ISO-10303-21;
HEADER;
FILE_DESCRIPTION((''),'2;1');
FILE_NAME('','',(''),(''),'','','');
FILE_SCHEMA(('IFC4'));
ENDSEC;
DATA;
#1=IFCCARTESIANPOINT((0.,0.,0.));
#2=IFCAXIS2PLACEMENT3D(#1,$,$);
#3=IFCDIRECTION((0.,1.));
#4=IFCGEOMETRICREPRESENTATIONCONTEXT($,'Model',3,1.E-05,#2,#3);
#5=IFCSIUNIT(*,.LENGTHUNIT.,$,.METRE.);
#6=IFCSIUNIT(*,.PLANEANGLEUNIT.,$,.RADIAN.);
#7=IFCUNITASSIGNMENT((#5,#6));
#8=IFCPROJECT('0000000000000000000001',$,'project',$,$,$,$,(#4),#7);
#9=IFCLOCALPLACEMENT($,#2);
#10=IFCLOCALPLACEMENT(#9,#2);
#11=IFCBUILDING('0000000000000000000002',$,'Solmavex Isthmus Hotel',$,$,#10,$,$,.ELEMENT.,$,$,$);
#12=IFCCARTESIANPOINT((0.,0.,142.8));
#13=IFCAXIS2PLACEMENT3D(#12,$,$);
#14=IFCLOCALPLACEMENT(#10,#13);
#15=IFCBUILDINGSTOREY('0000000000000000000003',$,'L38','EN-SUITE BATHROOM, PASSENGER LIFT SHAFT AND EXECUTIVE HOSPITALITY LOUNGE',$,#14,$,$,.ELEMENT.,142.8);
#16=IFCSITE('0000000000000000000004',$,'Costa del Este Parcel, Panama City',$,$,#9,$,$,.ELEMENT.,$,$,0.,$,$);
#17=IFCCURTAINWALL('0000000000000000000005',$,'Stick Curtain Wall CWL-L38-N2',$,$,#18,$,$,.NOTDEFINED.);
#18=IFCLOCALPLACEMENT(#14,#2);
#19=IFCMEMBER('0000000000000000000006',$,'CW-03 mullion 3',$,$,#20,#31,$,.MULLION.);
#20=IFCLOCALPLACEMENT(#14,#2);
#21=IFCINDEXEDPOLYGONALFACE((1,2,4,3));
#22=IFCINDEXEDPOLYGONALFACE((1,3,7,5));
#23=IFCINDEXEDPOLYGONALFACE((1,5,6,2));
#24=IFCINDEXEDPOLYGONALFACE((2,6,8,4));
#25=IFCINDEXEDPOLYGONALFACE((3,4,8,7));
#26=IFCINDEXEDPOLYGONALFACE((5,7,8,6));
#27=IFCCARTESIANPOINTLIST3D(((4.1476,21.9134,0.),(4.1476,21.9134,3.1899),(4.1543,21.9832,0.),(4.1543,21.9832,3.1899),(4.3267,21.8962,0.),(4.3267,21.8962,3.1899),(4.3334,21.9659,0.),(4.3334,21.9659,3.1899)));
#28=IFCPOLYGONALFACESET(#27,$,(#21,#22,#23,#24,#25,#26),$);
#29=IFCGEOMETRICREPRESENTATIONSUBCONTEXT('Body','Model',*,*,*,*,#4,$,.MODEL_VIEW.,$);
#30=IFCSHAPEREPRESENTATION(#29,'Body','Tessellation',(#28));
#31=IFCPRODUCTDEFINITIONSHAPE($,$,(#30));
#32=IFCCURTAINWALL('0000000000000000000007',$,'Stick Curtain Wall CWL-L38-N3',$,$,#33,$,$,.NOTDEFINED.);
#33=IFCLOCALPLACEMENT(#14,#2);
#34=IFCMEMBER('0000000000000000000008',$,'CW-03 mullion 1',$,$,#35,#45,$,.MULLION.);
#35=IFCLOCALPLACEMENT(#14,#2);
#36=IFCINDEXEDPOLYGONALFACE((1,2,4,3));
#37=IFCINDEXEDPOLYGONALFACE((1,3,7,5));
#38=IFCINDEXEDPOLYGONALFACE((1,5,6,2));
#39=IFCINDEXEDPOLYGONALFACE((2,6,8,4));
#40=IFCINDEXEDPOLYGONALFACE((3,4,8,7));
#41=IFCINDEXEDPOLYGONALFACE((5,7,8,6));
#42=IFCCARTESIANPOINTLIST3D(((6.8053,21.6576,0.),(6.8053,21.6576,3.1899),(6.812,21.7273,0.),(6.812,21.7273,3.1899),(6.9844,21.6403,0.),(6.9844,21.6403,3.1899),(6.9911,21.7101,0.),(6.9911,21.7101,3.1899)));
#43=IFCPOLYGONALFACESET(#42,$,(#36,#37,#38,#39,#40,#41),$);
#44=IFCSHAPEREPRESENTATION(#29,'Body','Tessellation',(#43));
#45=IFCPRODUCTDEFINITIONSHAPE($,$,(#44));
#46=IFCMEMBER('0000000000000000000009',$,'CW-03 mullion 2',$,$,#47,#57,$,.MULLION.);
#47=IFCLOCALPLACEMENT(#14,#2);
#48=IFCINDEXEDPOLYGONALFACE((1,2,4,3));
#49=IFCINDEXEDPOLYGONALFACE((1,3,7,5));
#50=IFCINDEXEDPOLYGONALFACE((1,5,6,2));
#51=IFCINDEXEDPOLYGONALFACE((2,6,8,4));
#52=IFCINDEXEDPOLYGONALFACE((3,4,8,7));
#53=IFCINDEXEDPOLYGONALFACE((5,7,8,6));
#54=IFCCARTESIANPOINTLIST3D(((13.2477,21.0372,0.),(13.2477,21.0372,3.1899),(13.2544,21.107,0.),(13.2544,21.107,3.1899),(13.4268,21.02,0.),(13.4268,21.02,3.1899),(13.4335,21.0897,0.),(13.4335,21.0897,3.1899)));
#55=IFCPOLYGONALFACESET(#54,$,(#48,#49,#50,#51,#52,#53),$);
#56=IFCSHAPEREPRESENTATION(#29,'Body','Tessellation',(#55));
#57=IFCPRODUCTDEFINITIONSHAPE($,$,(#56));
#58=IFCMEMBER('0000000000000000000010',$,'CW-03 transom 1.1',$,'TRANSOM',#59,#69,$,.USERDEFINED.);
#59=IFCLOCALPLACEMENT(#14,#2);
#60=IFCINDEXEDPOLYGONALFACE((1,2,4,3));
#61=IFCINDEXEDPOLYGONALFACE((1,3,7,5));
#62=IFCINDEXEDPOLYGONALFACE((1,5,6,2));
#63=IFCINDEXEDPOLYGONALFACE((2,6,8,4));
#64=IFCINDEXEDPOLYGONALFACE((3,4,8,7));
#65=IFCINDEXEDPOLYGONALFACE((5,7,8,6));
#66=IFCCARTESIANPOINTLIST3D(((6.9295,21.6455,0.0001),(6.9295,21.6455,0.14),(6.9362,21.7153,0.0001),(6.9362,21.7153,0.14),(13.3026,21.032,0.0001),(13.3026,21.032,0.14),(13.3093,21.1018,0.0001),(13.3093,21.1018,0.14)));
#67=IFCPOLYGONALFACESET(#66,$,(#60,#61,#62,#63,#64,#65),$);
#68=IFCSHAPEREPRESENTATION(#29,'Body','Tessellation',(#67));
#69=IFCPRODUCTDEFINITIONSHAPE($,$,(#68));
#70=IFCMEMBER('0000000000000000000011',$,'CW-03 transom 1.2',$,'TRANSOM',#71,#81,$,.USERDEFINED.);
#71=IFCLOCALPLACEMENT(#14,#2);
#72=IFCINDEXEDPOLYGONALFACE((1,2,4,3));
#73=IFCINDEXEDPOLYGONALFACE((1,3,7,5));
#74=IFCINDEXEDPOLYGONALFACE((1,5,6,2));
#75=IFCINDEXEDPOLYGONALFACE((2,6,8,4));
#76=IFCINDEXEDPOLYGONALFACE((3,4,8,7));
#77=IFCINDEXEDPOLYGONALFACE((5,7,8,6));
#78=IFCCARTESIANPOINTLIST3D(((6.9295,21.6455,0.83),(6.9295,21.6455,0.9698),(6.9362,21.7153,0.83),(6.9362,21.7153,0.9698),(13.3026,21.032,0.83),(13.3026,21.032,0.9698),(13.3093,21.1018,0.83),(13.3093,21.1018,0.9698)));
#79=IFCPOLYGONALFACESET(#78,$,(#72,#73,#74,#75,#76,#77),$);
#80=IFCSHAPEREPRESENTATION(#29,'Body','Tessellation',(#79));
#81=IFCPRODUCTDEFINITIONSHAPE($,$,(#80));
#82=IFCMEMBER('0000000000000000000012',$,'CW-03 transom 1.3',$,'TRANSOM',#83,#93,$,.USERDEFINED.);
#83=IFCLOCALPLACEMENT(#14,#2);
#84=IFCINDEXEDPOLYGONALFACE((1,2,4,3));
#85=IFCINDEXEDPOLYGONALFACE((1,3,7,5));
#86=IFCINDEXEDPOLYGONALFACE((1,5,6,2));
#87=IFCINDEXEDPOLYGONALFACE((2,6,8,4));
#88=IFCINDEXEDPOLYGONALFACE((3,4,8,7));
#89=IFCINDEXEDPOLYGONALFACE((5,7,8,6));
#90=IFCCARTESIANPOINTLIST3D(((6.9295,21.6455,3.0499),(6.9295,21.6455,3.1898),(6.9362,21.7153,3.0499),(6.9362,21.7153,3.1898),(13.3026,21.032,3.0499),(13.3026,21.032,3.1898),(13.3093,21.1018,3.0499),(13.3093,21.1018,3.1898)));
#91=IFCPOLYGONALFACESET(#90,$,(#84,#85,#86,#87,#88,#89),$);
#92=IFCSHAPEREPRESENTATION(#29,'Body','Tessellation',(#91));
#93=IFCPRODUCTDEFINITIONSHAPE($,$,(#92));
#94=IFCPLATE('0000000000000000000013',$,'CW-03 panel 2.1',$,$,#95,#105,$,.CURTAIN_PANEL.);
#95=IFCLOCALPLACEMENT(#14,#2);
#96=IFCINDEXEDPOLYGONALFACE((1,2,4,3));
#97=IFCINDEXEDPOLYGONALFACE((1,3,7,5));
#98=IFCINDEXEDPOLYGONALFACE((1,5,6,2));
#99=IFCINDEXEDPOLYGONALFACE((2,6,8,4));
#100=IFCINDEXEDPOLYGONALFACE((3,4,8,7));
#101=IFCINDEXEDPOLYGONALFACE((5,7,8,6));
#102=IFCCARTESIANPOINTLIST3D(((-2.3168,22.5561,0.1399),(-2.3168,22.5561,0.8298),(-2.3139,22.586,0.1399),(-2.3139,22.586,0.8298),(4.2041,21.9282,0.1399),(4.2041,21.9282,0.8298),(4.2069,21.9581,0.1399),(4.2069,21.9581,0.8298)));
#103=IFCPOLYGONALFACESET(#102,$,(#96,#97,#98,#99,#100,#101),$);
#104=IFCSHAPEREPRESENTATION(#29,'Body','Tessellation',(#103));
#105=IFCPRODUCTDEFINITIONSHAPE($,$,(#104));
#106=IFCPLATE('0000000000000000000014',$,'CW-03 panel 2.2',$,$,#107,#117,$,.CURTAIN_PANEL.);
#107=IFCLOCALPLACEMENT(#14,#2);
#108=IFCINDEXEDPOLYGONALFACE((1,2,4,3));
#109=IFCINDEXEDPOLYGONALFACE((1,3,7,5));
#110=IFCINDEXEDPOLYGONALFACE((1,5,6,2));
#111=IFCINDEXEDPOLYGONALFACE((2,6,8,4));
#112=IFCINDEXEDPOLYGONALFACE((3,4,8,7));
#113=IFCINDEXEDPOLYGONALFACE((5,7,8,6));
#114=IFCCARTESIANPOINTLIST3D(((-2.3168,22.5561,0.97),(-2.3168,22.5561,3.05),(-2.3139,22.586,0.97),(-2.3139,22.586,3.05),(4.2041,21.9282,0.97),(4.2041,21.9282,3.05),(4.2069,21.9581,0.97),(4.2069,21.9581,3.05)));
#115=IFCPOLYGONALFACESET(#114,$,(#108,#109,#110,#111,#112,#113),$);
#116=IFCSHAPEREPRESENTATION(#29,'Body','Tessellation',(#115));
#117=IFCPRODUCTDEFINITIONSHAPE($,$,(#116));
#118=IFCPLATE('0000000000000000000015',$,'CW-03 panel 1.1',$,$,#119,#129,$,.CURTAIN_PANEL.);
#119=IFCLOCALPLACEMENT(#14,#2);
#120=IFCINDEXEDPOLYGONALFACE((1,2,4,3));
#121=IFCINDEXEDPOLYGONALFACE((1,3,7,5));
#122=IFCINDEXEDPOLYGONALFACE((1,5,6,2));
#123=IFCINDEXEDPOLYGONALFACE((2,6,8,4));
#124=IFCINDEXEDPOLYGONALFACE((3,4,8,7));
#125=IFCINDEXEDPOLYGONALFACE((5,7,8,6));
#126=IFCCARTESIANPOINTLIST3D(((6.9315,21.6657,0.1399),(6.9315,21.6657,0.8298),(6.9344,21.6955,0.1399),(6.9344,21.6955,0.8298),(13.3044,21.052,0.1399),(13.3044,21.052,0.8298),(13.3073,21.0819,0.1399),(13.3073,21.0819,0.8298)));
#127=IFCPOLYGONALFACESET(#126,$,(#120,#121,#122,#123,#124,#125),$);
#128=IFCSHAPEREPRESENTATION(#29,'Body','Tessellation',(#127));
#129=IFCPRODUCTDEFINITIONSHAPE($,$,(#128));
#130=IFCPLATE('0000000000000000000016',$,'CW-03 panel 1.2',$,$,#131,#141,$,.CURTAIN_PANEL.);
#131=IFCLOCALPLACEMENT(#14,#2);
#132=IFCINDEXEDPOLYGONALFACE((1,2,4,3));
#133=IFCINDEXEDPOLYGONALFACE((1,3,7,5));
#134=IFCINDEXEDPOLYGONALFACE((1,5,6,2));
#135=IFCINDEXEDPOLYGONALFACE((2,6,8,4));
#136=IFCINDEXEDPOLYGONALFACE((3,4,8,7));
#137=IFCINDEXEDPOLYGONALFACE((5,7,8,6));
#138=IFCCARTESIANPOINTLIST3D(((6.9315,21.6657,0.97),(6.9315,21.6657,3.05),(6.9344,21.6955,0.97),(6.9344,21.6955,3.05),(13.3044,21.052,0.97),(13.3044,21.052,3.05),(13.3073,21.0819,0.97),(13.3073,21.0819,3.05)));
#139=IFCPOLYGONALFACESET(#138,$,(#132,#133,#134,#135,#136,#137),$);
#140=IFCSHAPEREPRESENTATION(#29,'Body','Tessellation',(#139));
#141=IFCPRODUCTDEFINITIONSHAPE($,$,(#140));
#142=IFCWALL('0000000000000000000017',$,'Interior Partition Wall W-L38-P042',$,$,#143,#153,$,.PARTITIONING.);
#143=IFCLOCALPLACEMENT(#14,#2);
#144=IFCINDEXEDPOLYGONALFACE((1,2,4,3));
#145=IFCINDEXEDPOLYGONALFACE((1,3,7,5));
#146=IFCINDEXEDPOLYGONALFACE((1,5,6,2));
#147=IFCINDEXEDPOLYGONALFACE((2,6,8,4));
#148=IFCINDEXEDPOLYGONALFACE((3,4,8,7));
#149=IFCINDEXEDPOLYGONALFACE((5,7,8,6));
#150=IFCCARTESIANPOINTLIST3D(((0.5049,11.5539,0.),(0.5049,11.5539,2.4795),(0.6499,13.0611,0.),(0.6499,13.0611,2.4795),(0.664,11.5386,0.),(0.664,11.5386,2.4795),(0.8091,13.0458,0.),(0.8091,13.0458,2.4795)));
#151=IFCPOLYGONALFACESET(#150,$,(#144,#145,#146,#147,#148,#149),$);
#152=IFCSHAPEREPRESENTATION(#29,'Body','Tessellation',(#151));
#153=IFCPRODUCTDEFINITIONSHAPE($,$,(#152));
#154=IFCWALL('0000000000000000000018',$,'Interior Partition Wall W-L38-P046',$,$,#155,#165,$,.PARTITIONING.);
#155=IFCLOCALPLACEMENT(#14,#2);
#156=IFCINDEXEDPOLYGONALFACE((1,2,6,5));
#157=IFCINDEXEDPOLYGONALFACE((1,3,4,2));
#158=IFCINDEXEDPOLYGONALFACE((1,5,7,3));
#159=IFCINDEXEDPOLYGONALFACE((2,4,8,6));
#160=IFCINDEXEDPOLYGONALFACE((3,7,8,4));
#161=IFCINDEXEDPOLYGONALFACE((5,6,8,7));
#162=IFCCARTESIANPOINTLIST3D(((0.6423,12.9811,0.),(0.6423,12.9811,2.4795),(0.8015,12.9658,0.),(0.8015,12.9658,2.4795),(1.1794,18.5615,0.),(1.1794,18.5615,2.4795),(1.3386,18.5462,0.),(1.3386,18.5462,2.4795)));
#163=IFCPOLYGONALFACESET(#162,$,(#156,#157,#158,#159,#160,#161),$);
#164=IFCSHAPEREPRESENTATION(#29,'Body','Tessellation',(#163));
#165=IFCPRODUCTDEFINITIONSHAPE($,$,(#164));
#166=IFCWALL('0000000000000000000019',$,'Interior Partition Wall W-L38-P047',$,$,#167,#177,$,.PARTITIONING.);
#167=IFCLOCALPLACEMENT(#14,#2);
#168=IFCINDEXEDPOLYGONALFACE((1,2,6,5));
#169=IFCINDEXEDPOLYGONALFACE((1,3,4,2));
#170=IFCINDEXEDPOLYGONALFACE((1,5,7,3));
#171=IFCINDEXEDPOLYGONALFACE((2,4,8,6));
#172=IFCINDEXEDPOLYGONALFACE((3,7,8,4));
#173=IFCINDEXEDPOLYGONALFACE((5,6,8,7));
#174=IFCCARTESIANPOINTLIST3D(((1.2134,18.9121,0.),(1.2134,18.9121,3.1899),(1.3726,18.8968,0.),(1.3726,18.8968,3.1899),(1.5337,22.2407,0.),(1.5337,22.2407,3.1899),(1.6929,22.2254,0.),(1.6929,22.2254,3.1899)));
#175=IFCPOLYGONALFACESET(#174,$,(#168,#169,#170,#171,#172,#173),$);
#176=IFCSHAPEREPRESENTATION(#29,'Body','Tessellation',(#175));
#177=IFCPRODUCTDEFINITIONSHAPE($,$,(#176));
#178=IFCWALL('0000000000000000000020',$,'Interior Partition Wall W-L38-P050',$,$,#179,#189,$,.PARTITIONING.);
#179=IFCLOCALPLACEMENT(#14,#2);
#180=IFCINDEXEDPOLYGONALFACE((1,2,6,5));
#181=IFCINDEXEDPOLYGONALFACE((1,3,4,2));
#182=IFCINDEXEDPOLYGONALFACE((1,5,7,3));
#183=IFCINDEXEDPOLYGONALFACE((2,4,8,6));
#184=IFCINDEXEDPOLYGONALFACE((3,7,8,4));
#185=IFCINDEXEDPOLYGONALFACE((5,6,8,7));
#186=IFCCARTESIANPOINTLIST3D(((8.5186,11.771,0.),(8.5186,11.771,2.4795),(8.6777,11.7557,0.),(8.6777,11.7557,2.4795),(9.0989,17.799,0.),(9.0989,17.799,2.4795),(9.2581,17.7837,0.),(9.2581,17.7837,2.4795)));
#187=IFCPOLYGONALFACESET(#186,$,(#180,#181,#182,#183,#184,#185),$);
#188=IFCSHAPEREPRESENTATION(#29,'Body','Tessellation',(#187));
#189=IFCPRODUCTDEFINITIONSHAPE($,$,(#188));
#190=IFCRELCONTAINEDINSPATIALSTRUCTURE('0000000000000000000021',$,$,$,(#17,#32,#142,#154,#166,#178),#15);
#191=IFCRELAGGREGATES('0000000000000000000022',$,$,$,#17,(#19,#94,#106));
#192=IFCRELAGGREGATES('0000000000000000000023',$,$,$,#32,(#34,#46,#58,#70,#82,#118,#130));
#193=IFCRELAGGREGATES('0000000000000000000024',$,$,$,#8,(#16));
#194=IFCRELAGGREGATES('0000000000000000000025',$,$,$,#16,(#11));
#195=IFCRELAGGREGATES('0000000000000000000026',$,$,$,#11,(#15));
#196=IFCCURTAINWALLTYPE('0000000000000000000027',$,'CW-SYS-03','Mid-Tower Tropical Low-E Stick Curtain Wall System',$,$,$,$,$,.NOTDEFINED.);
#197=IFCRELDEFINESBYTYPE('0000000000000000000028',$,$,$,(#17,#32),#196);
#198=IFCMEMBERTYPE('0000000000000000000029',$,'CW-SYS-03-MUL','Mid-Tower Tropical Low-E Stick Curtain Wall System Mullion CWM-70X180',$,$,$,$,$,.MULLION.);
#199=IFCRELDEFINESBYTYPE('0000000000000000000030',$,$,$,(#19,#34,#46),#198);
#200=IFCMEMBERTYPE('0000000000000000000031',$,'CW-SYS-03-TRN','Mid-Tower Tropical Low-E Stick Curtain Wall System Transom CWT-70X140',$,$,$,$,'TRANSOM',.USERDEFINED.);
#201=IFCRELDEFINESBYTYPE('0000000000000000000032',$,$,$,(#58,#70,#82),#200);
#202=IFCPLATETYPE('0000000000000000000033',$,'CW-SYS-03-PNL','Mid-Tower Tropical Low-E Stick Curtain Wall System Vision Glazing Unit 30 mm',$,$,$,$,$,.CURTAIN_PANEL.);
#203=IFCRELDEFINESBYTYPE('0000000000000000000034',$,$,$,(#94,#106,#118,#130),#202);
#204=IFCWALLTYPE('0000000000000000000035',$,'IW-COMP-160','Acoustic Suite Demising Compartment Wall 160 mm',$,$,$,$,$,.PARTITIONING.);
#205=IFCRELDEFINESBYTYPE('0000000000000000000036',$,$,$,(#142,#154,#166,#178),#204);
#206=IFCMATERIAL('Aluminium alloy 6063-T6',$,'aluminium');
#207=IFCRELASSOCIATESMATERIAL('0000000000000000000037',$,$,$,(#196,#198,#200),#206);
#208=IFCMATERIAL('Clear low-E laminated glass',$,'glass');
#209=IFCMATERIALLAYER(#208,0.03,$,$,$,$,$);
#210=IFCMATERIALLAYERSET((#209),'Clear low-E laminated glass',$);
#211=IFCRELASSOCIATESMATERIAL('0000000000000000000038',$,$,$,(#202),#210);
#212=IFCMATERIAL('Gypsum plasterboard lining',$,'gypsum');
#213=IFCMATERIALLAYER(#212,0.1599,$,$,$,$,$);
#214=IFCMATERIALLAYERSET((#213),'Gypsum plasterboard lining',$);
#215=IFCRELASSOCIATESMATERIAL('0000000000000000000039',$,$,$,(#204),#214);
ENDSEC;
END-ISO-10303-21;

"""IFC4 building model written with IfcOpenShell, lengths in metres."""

from ifc_helpers import new_model, si_unit, direction, frame, frame_2d, origin, origin_2d, place, context, subcontext, project, spatial, rectangle, extrude, material, layer, layer_set, material_profile, profile_set, type_object, element, aggregate, save


model = new_model("IFC4")

# Units and contexts
model_context = context("Model", 3, precision=1e-05, world=origin(), true_north=direction((0.0, 1.0)))
body_context = subcontext(model_context, "Body", "Model", "MODEL_VIEW")
ifc_project = project(units=[si_unit("LENGTHUNIT", "METRE"), si_unit("PLANEANGLEUNIT", "RADIAN")], contexts=[model_context])

# Site, building, storey
site_placement = place(None, origin())
site = spatial("IfcSite", under=ifc_project, at=site_placement, Name="Costa del Este Parcel, Panama City", CompositionType="ELEMENT", RefElevation=0.0)
building_placement = place(site_placement, origin())
building = spatial("IfcBuilding", under=site, at=building_placement, Name="Solmavex Isthmus Hotel", CompositionType="ELEMENT")
storey_placement = place(building_placement, frame((0.0, 0.0, 142.8)))
storey = spatial("IfcBuildingStorey", under=building, at=storey_placement, Name="L38", Description="EN-SUITE BATHROOM, PASSENGER LIFT SHAFT AND EXECUTIVE HOSPITALITY LOUNGE", CompositionType="ELEMENT", Elevation=142.8)

# Curtain wall, member
ifc_material_1 = material(Name="Aluminium alloy 6063-T6", Category="aluminium")
curtain_wall_type = type_object("IfcCurtainWallType", Name="CW-SYS-03", Description="Mid-Tower Tropical Low-E Stick Curtain Wall System", PredefinedType="NOTDEFINED", material=ifc_material_1)
curtain_wall_1_placement = place(storey_placement, origin())
curtain_wall_1 = element("IfcCurtainWall", 1, at=curtain_wall_1_placement, inside=storey, type_object=curtain_wall_type, Name="Stick Curtain Wall CWL-L38-N2", PredefinedType="NOTDEFINED")
ifc_material_profile_1 = material_profile(ifc_material_1, rectangle(XDim=0.0701, YDim=0.1799, at=origin_2d()), Name="CWM-70X180")
ifc_profile_set_1 = profile_set([ifc_material_profile_1], Name="Aluminium alloy 6063-T6")
member_type_1 = type_object("IfcMemberType", Name="CW-SYS-03-MUL", Description="Mid-Tower Tropical Low-E Stick Curtain Wall System Mullion CWM-70X180", PredefinedType="MULLION", material=ifc_profile_set_1)
member_1_placement = place(storey_placement, frame((4.2405, 21.9397, 0.0), z_axis=(0.0, 0.0, 1.0), x_axis=(0.095845, 0.995396, 0.0)))
member_1 = element("IfcMember", 2, at=member_1_placement, type_object=member_type_1, Name="CW-03 mullion 3", PredefinedType="MULLION", context=body_context, shape_type="SweptSolid", body=[
    extrude(rectangle(XDim=0.0701, YDim=0.1799, at=origin_2d()), origin(), (0.0, 0.0, 1.0), 3.1899),
])

# Curtain wall, members
curtain_wall_2_placement = place(storey_placement, origin())
curtain_wall_2 = element("IfcCurtainWall", 3, at=curtain_wall_2_placement, inside=storey, type_object=curtain_wall_type, Name="Stick Curtain Wall CWL-L38-N3", PredefinedType="NOTDEFINED")
member_2_placement = place(storey_placement, frame((6.8982, 21.6838, 0.0), z_axis=(0.0, 0.0, 1.0), x_axis=(0.095846, 0.995396, 0.0)))
member_2 = element("IfcMember", 4, at=member_2_placement, type_object=member_type_1, Name="CW-03 mullion 1", PredefinedType="MULLION", context=body_context, shape_type="SweptSolid", body=[
    extrude(rectangle(XDim=0.0701, YDim=0.1799, at=origin_2d()), origin(), (0.0, 0.0, 1.0), 3.1899),
])
member_3_placement = place(storey_placement, frame((13.3406, 21.0635, 0.0), z_axis=(0.0, 0.0, 1.0), x_axis=(0.095846, 0.995396, 0.0)))
member_3 = element("IfcMember", 5, at=member_3_placement, type_object=member_type_1, Name="CW-03 mullion 2", PredefinedType="MULLION", context=body_context, shape_type="SweptSolid", body=[
    extrude(rectangle(XDim=0.0701, YDim=0.1799, at=origin_2d()), origin(), (0.0, 0.0, 1.0), 3.1899),
])
ifc_material_profile_2 = material_profile(ifc_material_1, rectangle(XDim=0.0701, YDim=0.1399, at=origin_2d()), Name="CWT-70X140")
ifc_profile_set_2 = profile_set([ifc_material_profile_2], Name="Aluminium alloy 6063-T6")
member_type_2 = type_object("IfcMemberType", Name="CW-SYS-03-TRN", Description="Mid-Tower Tropical Low-E Stick Curtain Wall System Transom CWT-70X140", ElementType="TRANSOM", PredefinedType="USERDEFINED", material=ifc_profile_set_2)
member_4_placement = place(storey_placement, frame((6.9329, 21.6804, 0.0701), z_axis=(0.995398, -0.095826, 0.0), x_axis=(0.095826, 0.995398, 0.0)))
member_4 = element("IfcMember", 6, at=member_4_placement, type_object=member_type_2, Name="CW-03 transom 1.1", ObjectType="TRANSOM", PredefinedType="USERDEFINED", context=body_context, shape_type="SweptSolid", body=[
    extrude(rectangle(XDim=0.0701, YDim=0.1399, at=origin_2d()), origin(), (0.0, 0.0, 1.0), 6.4026),
])
member_5_placement = place(storey_placement, frame((6.9329, 21.6804, 0.8999), z_axis=(0.995398, -0.095826, 0.0), x_axis=(0.095826, 0.995398, 0.0)))
member_5 = element("IfcMember", 7, at=member_5_placement, type_object=member_type_2, Name="CW-03 transom 1.2", ObjectType="TRANSOM", PredefinedType="USERDEFINED", context=body_context, shape_type="SweptSolid", body=[
    extrude(rectangle(XDim=0.0701, YDim=0.1399, at=origin_2d()), origin(), (0.0, 0.0, 1.0), 6.4026),
])
member_6_placement = place(storey_placement, frame((6.9329, 21.6804, 3.1199), z_axis=(0.995398, -0.095826, 0.0), x_axis=(0.095826, 0.995398, 0.0)))
member_6 = element("IfcMember", 8, at=member_6_placement, type_object=member_type_2, Name="CW-03 transom 1.3", ObjectType="TRANSOM", PredefinedType="USERDEFINED", context=body_context, shape_type="SweptSolid", body=[
    extrude(rectangle(XDim=0.0701, YDim=0.1399, at=origin_2d()), origin(), (0.0, 0.0, 1.0), 6.4026),
])

# Plates
ifc_material_2 = material(Name="Clear low-E laminated glass", Category="glass")
ifc_layer_1 = layer(ifc_material_2, 0.03)
ifc_layer_set_1 = layer_set([ifc_layer_1], Name="Clear low-E laminated glass")
plate_type = type_object("IfcPlateType", Name="CW-SYS-03-PNL", Description="Mid-Tower Tropical Low-E Stick Curtain Wall System Vision Glazing Unit 30 mm", PredefinedType="CURTAIN_PANEL", material=ifc_layer_set_1)
plate_1_placement = place(storey_placement, frame((0.9451, 22.2571, 0.1399), z_axis=(0.0, 0.0, 1.0), x_axis=(0.995396, -0.095845, 0.0)))
plate_1 = element("IfcPlate", 9, at=plate_1_placement, type_object=plate_type, Name="CW-03 panel 2.1", PredefinedType="CURTAIN_PANEL", context=body_context, shape_type="SweptSolid", body=[
    extrude(rectangle(XDim=6.551, YDim=0.03, at=origin_2d()), origin(), (0.0, 0.0, 1.0), 0.6899),
])
plate_2_placement = place(storey_placement, frame((0.9451, 22.2571, 0.97), z_axis=(0.0, 0.0, 1.0), x_axis=(0.995396, -0.095845, 0.0)))
plate_2 = element("IfcPlate", 10, at=plate_2_placement, type_object=plate_type, Name="CW-03 panel 2.2", PredefinedType="CURTAIN_PANEL", context=body_context, shape_type="SweptSolid", body=[
    extrude(rectangle(XDim=6.551, YDim=0.03, at=origin_2d()), origin(), (0.0, 0.0, 1.0), 2.0801),
])
aggregate(curtain_wall_1, [member_1, plate_1, plate_2])
plate_3_placement = place(storey_placement, frame((10.1194, 21.3738, 0.1399), z_axis=(0.0, 0.0, 1.0), x_axis=(0.995396, -0.095846, 0.0)))
plate_3 = element("IfcPlate", 11, at=plate_3_placement, type_object=plate_type, Name="CW-03 panel 1.1", PredefinedType="CURTAIN_PANEL", context=body_context, shape_type="SweptSolid", body=[
    extrude(rectangle(XDim=6.4023, YDim=0.03, at=origin_2d()), origin(), (0.0, 0.0, 1.0), 0.6899),
])
plate_4_placement = place(storey_placement, frame((10.1194, 21.3738, 0.97), z_axis=(0.0, 0.0, 1.0), x_axis=(0.995396, -0.095846, 0.0)))
plate_4 = element("IfcPlate", 12, at=plate_4_placement, type_object=plate_type, Name="CW-03 panel 1.2", PredefinedType="CURTAIN_PANEL", context=body_context, shape_type="SweptSolid", body=[
    extrude(rectangle(XDim=6.4023, YDim=0.03, at=origin_2d()), origin(), (0.0, 0.0, 1.0), 2.0801),
])
aggregate(curtain_wall_2, [member_2, member_3, member_4, member_5, member_6, plate_3, plate_4])

# Walls
ifc_material_3 = material(Name="Gypsum plasterboard lining", Category="gypsum")
ifc_layer_2 = layer(ifc_material_3, 0.1599)
ifc_layer_set_2 = layer_set([ifc_layer_2], Name="Gypsum plasterboard lining")
wall_type_1 = type_object("IfcWallType", Name="IW-COMP-160", Description="Acoustic Suite Demising Compartment Wall 160 mm", PredefinedType="PARTITIONING", material=ifc_layer_set_2)
wall_1_placement = place(storey_placement, frame((0.7295, 13.0535, 0.0), z_axis=(0.0, 0.0, 1.0), x_axis=(-0.095783, -0.995402, 0.0)))
element("IfcWall", 13, at=wall_1_placement, inside=storey, type_object=wall_type_1, Name="Interior Partition Wall W-L38-P042", PredefinedType="PARTITIONING", context=body_context, shape_type="SweptSolid", body=[
    extrude(rectangle(XDim=1.5142, YDim=0.1599, at=frame_2d((0.7571, 0.0))), origin(), (0.0, 0.0, 1.0), 2.4795),
])
wall_2_placement = place(storey_placement, frame((1.259, 18.554, 0.0), z_axis=(0.0, 0.0, 1.0), x_axis=(-0.095808, -0.9954, 0.0)))
element("IfcWall", 14, at=wall_2_placement, inside=storey, type_object=wall_type_1, Name="Interior Partition Wall W-L38-P046", PredefinedType="PARTITIONING", context=body_context, shape_type="SweptSolid", body=[
    extrude(rectangle(XDim=5.6062, YDim=0.1599, at=frame_2d((2.8032, 0.0))), origin(), (0.0, 0.0, 1.0), 2.4795),
])
wall_3_placement = place(storey_placement, frame((1.6133, 22.2329, 0.0), z_axis=(0.0, 0.0, 1.0), x_axis=(-0.095788, -0.995402, 0.0)))
element("IfcWall", 15, at=wall_3_placement, inside=storey, type_object=wall_type_1, Name="Interior Partition Wall W-L38-P047", PredefinedType="PARTITIONING", context=body_context, shape_type="SweptSolid", body=[
    extrude(rectangle(XDim=3.344, YDim=0.1599, at=frame_2d((1.6719, 0.0))), origin(), (0.0, 0.0, 1.0), 3.1899),
])
wall_4_placement = place(storey_placement, frame((9.1785, 17.7913, 0.0), z_axis=(0.0, 0.0, 1.0), x_axis=(-0.095827, -0.995398, 0.0)))
element("IfcWall", 16, at=wall_4_placement, inside=storey, type_object=wall_type_1, Name="Interior Partition Wall W-L38-P050", PredefinedType="PARTITIONING", context=body_context, shape_type="SweptSolid", body=[
    extrude(rectangle(XDim=6.0559, YDim=0.1599, at=frame_2d((3.0278, 0.0))), origin(), (0.0, 0.0, 1.0), 2.4795),
])

save(model, "model.ifc")
